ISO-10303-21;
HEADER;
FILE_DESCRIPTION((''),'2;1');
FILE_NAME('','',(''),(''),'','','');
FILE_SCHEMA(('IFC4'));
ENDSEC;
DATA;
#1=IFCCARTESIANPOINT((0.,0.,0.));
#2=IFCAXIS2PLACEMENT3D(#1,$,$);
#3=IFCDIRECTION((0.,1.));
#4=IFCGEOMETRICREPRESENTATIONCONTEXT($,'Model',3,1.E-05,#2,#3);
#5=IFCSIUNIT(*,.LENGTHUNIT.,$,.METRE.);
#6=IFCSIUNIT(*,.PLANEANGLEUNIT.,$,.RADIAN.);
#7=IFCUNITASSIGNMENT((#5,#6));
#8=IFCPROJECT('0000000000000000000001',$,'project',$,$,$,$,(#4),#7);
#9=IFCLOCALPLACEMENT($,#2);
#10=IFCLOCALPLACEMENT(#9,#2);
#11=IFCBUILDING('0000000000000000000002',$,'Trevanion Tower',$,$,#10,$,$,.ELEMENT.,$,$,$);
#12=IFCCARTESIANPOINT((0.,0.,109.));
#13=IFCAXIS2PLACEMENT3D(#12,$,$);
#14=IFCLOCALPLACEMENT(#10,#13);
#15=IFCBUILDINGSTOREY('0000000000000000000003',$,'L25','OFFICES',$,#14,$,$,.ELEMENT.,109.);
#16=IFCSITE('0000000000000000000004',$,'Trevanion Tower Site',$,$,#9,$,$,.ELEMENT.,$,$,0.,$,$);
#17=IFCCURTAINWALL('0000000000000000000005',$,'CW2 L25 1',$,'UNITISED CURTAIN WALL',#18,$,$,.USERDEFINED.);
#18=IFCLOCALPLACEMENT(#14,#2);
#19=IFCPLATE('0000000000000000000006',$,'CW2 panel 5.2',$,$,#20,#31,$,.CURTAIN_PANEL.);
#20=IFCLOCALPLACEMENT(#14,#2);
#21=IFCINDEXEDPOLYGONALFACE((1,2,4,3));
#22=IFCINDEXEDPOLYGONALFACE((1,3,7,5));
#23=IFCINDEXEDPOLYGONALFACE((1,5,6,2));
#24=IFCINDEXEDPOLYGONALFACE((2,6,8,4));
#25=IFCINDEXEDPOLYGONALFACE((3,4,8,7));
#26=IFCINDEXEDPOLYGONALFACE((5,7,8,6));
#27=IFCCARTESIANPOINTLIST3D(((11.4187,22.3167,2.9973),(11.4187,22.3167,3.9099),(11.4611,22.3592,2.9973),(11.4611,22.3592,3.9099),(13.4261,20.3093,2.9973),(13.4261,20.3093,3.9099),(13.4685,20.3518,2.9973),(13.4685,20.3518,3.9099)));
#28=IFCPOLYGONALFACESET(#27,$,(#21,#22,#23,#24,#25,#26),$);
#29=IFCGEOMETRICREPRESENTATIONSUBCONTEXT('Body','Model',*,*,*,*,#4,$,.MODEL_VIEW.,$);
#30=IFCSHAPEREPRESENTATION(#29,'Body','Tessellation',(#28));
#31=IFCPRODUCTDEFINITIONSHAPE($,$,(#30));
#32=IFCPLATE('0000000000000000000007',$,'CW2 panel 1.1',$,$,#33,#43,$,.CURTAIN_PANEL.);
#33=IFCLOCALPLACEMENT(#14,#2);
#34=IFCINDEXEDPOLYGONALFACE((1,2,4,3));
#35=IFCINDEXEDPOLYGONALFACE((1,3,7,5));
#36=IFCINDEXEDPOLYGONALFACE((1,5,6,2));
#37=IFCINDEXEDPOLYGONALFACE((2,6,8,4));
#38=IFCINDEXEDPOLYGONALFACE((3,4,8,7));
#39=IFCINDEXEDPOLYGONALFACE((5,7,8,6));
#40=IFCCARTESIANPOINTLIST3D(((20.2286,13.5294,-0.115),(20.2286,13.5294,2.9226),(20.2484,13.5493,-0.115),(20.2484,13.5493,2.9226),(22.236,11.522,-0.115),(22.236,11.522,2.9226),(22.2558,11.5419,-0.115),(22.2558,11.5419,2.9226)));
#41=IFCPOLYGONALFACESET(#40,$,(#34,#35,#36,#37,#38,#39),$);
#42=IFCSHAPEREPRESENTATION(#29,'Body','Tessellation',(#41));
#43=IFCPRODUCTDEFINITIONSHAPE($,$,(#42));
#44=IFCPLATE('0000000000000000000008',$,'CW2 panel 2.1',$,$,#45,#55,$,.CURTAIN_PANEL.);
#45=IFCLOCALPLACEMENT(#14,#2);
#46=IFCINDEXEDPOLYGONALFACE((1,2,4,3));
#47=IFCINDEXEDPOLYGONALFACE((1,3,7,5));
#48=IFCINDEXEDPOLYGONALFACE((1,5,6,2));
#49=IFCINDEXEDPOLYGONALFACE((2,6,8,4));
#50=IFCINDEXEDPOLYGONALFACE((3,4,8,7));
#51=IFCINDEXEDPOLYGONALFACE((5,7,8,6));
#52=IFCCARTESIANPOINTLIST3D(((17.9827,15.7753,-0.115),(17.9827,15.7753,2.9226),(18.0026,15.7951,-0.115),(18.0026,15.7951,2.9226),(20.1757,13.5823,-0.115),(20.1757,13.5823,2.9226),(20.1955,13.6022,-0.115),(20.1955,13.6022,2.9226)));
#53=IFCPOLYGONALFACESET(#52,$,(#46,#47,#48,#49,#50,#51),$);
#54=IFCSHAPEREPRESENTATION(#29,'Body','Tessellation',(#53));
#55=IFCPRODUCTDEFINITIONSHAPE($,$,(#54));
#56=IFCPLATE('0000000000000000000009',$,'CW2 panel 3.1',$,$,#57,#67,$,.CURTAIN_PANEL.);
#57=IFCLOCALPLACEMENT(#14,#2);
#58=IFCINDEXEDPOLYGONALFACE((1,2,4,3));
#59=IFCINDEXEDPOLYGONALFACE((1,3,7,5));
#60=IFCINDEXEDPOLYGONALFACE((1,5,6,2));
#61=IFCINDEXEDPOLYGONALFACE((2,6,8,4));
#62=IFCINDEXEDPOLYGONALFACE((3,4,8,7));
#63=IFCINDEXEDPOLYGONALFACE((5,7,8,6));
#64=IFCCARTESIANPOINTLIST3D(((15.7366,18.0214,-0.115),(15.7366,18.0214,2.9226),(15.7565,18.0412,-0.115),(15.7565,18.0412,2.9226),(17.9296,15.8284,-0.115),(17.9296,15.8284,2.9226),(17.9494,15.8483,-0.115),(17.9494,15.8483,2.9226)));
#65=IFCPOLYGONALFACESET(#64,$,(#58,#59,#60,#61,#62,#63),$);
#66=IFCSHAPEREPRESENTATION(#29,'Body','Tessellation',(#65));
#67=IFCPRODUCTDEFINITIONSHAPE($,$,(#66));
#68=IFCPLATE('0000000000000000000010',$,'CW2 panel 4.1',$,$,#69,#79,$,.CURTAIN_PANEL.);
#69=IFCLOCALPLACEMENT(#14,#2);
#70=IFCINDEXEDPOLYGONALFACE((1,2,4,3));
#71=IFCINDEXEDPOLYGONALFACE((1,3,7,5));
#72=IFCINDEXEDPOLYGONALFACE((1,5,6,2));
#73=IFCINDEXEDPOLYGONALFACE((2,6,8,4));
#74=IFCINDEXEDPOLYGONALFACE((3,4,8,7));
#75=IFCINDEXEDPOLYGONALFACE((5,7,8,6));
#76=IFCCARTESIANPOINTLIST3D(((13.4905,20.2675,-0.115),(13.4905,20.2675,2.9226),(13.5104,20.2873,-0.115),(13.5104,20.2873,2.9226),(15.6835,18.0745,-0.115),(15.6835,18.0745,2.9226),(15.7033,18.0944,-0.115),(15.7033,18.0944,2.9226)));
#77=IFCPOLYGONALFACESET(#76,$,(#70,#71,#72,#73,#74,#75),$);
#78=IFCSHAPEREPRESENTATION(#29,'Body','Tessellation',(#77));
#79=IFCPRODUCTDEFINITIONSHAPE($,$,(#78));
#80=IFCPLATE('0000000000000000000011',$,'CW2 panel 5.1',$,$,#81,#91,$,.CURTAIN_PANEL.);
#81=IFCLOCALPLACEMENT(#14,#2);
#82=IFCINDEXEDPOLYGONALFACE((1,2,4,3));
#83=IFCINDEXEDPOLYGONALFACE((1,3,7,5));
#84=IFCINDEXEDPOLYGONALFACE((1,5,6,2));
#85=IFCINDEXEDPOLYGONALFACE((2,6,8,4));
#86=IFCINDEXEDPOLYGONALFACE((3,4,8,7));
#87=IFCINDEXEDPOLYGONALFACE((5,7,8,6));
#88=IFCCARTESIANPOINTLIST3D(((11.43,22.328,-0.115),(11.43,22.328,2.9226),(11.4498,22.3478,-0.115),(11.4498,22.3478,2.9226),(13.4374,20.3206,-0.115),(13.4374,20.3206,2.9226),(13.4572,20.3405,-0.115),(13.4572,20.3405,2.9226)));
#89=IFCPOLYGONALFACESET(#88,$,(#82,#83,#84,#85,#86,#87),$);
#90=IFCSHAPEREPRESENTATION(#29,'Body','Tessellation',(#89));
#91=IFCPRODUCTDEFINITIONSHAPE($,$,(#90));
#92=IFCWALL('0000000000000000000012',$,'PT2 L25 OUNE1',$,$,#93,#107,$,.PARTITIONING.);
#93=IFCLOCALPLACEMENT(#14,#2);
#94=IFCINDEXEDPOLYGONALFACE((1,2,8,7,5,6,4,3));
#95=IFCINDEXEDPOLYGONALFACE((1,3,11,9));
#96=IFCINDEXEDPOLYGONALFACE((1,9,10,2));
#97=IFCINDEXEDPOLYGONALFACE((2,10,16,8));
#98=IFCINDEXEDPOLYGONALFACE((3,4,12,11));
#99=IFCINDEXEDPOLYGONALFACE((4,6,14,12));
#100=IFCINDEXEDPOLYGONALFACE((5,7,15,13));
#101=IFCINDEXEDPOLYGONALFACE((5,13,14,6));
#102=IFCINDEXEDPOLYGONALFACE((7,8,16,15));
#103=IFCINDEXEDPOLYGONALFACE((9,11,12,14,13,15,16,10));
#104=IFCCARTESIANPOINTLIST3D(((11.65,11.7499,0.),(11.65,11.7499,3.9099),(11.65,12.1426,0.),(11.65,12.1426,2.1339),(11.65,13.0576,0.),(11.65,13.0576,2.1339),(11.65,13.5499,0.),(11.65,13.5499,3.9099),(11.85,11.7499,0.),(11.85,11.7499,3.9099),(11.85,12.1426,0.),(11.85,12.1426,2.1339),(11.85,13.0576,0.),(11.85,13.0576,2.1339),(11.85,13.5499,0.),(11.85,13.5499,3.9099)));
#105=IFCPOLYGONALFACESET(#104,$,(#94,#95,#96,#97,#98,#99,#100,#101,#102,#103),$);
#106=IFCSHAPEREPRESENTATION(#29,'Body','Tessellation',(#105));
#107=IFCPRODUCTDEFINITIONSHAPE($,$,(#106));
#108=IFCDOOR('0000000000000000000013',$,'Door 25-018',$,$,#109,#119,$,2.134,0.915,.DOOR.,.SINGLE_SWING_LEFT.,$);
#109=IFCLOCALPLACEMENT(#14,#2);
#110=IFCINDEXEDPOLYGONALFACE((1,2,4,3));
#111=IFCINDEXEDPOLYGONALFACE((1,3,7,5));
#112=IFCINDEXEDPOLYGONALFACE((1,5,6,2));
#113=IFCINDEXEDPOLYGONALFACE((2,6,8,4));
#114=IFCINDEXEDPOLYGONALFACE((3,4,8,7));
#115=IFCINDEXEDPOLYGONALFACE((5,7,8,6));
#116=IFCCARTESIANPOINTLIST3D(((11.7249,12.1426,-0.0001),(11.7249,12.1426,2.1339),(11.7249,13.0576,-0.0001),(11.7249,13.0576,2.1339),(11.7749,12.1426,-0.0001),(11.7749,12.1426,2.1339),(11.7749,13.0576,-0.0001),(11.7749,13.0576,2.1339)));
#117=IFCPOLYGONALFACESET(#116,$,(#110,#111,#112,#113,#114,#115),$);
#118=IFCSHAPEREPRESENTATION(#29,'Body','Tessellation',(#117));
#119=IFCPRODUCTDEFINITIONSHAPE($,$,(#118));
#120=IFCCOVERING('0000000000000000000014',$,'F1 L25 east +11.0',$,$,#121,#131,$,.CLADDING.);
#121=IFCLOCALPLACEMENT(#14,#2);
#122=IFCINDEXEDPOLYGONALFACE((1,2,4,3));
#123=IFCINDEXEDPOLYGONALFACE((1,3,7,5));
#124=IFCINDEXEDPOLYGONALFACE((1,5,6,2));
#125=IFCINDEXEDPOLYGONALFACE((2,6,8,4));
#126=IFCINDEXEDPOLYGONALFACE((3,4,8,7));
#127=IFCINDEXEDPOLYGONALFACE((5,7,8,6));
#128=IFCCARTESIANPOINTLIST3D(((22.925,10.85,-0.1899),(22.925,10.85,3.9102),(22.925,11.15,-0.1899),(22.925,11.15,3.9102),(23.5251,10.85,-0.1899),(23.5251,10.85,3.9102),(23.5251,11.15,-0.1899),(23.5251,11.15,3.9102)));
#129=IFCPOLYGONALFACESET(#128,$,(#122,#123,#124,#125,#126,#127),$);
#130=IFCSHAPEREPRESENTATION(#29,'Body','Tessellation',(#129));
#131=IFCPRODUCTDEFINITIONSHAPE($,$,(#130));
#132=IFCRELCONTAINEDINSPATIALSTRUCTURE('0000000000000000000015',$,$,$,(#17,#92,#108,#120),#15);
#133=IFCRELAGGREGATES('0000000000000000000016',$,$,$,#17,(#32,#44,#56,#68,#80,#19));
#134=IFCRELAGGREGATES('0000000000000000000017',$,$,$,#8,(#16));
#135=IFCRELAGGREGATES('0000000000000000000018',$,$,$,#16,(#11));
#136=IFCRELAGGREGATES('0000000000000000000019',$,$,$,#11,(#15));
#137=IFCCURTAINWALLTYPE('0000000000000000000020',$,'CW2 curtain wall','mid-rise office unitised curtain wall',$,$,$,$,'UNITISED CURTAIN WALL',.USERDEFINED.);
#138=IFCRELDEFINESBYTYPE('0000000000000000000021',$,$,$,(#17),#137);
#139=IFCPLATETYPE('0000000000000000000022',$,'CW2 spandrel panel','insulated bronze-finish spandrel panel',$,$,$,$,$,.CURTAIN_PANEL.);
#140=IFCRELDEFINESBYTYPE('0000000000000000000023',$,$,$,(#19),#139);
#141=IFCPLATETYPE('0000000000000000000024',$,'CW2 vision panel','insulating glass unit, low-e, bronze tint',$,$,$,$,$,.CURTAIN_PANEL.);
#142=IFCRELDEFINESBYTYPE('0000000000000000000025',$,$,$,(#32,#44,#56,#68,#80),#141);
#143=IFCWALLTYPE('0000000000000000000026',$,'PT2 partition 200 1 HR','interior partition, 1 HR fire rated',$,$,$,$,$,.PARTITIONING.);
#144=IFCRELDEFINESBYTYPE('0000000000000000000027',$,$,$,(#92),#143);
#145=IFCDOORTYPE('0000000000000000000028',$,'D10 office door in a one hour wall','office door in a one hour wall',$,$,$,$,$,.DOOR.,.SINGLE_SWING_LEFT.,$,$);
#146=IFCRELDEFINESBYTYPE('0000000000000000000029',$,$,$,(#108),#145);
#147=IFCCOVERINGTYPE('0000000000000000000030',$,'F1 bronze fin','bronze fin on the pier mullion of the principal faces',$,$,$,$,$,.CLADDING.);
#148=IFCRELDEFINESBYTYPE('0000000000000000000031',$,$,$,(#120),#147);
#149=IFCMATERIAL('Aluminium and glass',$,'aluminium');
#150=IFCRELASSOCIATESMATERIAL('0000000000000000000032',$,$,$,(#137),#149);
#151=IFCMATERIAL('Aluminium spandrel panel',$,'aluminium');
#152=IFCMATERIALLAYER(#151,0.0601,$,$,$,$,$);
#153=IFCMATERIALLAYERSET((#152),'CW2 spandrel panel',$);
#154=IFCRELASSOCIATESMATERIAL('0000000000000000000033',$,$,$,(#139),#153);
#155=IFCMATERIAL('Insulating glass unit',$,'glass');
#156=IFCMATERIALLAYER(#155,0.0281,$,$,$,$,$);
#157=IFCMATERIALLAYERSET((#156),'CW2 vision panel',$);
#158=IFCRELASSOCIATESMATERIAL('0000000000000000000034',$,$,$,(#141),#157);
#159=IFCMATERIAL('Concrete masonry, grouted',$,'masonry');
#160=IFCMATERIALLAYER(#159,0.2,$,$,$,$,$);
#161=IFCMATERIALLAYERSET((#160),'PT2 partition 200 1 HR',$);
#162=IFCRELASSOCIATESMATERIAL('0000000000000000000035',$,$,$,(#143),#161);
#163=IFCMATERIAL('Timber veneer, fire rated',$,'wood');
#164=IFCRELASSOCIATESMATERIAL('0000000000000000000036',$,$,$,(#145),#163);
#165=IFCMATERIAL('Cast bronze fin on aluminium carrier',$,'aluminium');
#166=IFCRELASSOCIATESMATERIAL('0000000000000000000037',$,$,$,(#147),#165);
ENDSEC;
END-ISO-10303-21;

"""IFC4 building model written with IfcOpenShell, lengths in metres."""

from ifc_helpers import new_model, si_unit, direction, frame, frame_2d, origin, origin_2d, place, context, subcontext, project, spatial, rectangle, extrude, material, layer, layer_set, type_object, element, fill, aggregate, save


model = new_model("IFC4")

# Units and contexts
model_context = context("Model", 3, precision=1e-05, world=origin(), true_north=direction((0.0, 1.0)))
body_context = subcontext(model_context, "Body", "Model", "MODEL_VIEW")
ifc_project = project(units=[si_unit("LENGTHUNIT", "METRE"), si_unit("PLANEANGLEUNIT", "RADIAN")], contexts=[model_context])

# Site, building, storey
site_placement = place(None, origin())
site = spatial("IfcSite", under=ifc_project, at=site_placement, Name="Trevanion Tower Site", CompositionType="ELEMENT", RefElevation=0.0)
building_placement = place(site_placement, origin())
building = spatial("IfcBuilding", under=site, at=building_placement, Name="Trevanion Tower", CompositionType="ELEMENT")
storey_placement = place(building_placement, frame((0.0, 0.0, 109.0)))
storey = spatial("IfcBuildingStorey", under=building, at=storey_placement, Name="L25", Description="OFFICES", CompositionType="ELEMENT", Elevation=109.0)

# Curtain wall
ifc_material_1 = material(Name="Aluminium and glass", Category="aluminium")
curtain_wall_type = type_object("IfcCurtainWallType", Name="CW2 curtain wall", Description="mid-rise office unitised curtain wall", ElementType="UNITISED CURTAIN WALL", PredefinedType="USERDEFINED", material=ifc_material_1)
curtain_wall_1_placement = place(storey_placement, origin())
curtain_wall_1 = element("IfcCurtainWall", 1, at=curtain_wall_1_placement, inside=storey, type_object=curtain_wall_type, Name="CW2 L25 1", ObjectType="UNITISED CURTAIN WALL", PredefinedType="USERDEFINED")

# Plates
ifc_material_2 = material(Name="Aluminium spandrel panel", Category="aluminium")
ifc_layer_1 = layer(ifc_material_2, 0.0601)
ifc_layer_set_1 = layer_set([ifc_layer_1], Name="CW2 spandrel panel")
plate_type_1 = type_object("IfcPlateType", Name="CW2 spandrel panel", Description="insulated bronze-finish spandrel panel", PredefinedType="CURTAIN_PANEL", material=ifc_layer_set_1)
plate_1_placement = place(storey_placement, frame((12.4436, 21.3342, 2.9973), z_axis=(0.0, 0.0, 1.0), x_axis=(-0.707107, 0.707107, 0.0)))
plate_1 = element("IfcPlate", 2, at=plate_1_placement, type_object=plate_type_1, Name="CW2 panel 5.2", PredefinedType="CURTAIN_PANEL", context=body_context, shape_type="SweptSolid", body=[
    extrude(rectangle(XDim=2.8389, YDim=0.0601, at=origin_2d()), origin(), (0.0, 0.0, 1.0), 0.9126),
])
ifc_material_3 = material(Name="Insulating glass unit", Category="glass")
ifc_layer_2 = layer(ifc_material_3, 0.0281)
ifc_layer_set_2 = layer_set([ifc_layer_2], Name="CW2 vision panel")
plate_type_2 = type_object("IfcPlateType", Name="CW2 vision panel", Description="insulating glass unit, low-e, bronze tint", PredefinedType="CURTAIN_PANEL", material=ifc_layer_set_2)
plate_2_placement = place(storey_placement, frame((21.2422, 12.5356, -0.115), z_axis=(0.0, 0.0, 1.0), x_axis=(-0.707107, 0.707107, 0.0)))
plate_2 = element("IfcPlate", 3, at=plate_2_placement, type_object=plate_type_2, Name="CW2 panel 1.1", PredefinedType="CURTAIN_PANEL", context=body_context, shape_type="SweptSolid", body=[
    extrude(rectangle(XDim=2.8389, YDim=0.0281, at=origin_2d()), origin(), (0.0, 0.0, 1.0), 3.0376),
])
plate_3_placement = place(storey_placement, frame((19.0891, 14.6887, -0.115), z_axis=(0.0, 0.0, 1.0), x_axis=(-0.707107, 0.707107, 0.0)))
plate_3 = element("IfcPlate", 4, at=plate_3_placement, type_object=plate_type_2, Name="CW2 panel 2.1", PredefinedType="CURTAIN_PANEL", context=body_context, shape_type="SweptSolid", body=[
    extrude(rectangle(XDim=3.1013, YDim=0.0281, at=origin_2d()), origin(), (0.0, 0.0, 1.0), 3.0376),
])
plate_4_placement = place(storey_placement, frame((16.843, 16.9348, -0.115), z_axis=(0.0, 0.0, 1.0), x_axis=(-0.707107, 0.707107, 0.0)))
plate_4 = element("IfcPlate", 5, at=plate_4_placement, type_object=plate_type_2, Name="CW2 panel 3.1", PredefinedType="CURTAIN_PANEL", context=body_context, shape_type="SweptSolid", body=[
    extrude(rectangle(XDim=3.1013, YDim=0.0281, at=origin_2d()), origin(), (0.0, 0.0, 1.0), 3.0376),
])
plate_5_placement = place(storey_placement, frame((14.5969, 19.1809, -0.115), z_axis=(0.0, 0.0, 1.0), x_axis=(-0.707107, 0.707107, 0.0)))
plate_5 = element("IfcPlate", 6, at=plate_5_placement, type_object=plate_type_2, Name="CW2 panel 4.1", PredefinedType="CURTAIN_PANEL", context=body_context, shape_type="SweptSolid", body=[
    extrude(rectangle(XDim=3.1013, YDim=0.0281, at=origin_2d()), origin(), (0.0, 0.0, 1.0), 3.0376),
])
plate_6_placement = place(storey_placement, frame((12.4436, 21.3342, -0.115), z_axis=(0.0, 0.0, 1.0), x_axis=(-0.707107, 0.707107, 0.0)))
plate_6 = element("IfcPlate", 7, at=plate_6_placement, type_object=plate_type_2, Name="CW2 panel 5.1", PredefinedType="CURTAIN_PANEL", context=body_context, shape_type="SweptSolid", body=[
    extrude(rectangle(XDim=2.8389, YDim=0.0281, at=origin_2d()), origin(), (0.0, 0.0, 1.0), 3.0376),
])
aggregate(curtain_wall_1, [plate_2, plate_3, plate_4, plate_5, plate_6, plate_1])

# Wall, opening, door
ifc_material_4 = material(Name="Concrete masonry, grouted", Category="masonry")
ifc_layer_3 = layer(ifc_material_4, 0.2)
ifc_layer_set_3 = layer_set([ifc_layer_3], Name="PT2 partition 200 1 HR")
wall_type = type_object("IfcWallType", Name="PT2 partition 200 1 HR", Description="interior partition, 1 HR fire rated", PredefinedType="PARTITIONING", material=ifc_layer_set_3)
wall_placement = place(storey_placement, frame((11.75, 11.75, 0.0), z_axis=(0.0, 0.0, 1.0), x_axis=(0.0, 1.0, 0.0)))
wall = element("IfcWall", 8, at=wall_placement, inside=storey, type_object=wall_type, Name="PT2 L25 OUNE1", PredefinedType="PARTITIONING", context=body_context, shape_type="SweptSolid", body=[
    extrude(rectangle(XDim=1.8, YDim=0.2, at=frame_2d((0.8999, 0.0))), origin(), (0.0, 0.0, 1.0), 3.9099),
])
opening_placement = place(wall_placement, frame((0.3926, 0.0, 0.0)))
opening = element("IfcOpeningElement", 9, at=opening_placement, cuts=wall, PredefinedType="OPENING", context=body_context, shape_type="SweptSolid", body=[
    extrude(rectangle(XDim=0.915, YDim=2.134, at=frame_2d((0.4575, 1.0669))), frame((0.0, 0.1099, 0.0), z_axis=(0.0, -1.0, 0.0), x_axis=(1.0, 0.0, 0.0)), (0.0, 0.0, 1.0), 0.22),
])
ifc_material_5 = material(Name="Timber veneer, fire rated", Category="wood")
door_type = type_object("IfcDoorType", Name="D10 office door in a one hour wall", Description="office door in a one hour wall", OperationType="SINGLE_SWING_LEFT", PredefinedType="DOOR", material=ifc_material_5)
door_placement = place(opening_placement, frame((0.915, 0.0, 0.0), z_axis=(0.0, 0.0, 1.0), x_axis=(-1.0, 0.0, 0.0)))
door = element("IfcDoor", 10, at=door_placement, inside=storey, type_object=door_type, Name="Door 25-018", OperationType="SINGLE_SWING_LEFT", OverallHeight=2.134, OverallWidth=0.915, PredefinedType="DOOR", context=body_context, shape_type="SweptSolid", body=[
    extrude(rectangle(XDim=0.915, YDim=2.134, at=frame_2d((0.4575, 1.0669))), frame((0.0, 0.0249, 0.0), z_axis=(0.0, -1.0, 0.0), x_axis=(1.0, 0.0, 0.0)), (0.0, 0.0, 1.0), 0.05),
])
fill(opening, door)

# Covering
ifc_material_6 = material(Name="Cast bronze fin on aluminium carrier", Category="aluminium")
covering_type = type_object("IfcCoveringType", Name="F1 bronze fin", Description="bronze fin on the pier mullion of the principal faces", PredefinedType="CLADDING", material=ifc_material_6)
covering_placement = place(storey_placement, frame((23.2251, 11.0, -0.1899), z_axis=(0.0, 0.0, 1.0), x_axis=(0.0, 1.0, 0.0)))
element("IfcCovering", 11, at=covering_placement, inside=storey, type_object=covering_type, Name="F1 L25 east +11.0", PredefinedType="CLADDING", context=body_context, shape_type="SweptSolid", body=[
    extrude(rectangle(XDim=0.3, YDim=0.6001, at=origin_2d()), origin(), (0.0, 0.0, 1.0), 4.1001),
])

save(model, "model.ifc")
